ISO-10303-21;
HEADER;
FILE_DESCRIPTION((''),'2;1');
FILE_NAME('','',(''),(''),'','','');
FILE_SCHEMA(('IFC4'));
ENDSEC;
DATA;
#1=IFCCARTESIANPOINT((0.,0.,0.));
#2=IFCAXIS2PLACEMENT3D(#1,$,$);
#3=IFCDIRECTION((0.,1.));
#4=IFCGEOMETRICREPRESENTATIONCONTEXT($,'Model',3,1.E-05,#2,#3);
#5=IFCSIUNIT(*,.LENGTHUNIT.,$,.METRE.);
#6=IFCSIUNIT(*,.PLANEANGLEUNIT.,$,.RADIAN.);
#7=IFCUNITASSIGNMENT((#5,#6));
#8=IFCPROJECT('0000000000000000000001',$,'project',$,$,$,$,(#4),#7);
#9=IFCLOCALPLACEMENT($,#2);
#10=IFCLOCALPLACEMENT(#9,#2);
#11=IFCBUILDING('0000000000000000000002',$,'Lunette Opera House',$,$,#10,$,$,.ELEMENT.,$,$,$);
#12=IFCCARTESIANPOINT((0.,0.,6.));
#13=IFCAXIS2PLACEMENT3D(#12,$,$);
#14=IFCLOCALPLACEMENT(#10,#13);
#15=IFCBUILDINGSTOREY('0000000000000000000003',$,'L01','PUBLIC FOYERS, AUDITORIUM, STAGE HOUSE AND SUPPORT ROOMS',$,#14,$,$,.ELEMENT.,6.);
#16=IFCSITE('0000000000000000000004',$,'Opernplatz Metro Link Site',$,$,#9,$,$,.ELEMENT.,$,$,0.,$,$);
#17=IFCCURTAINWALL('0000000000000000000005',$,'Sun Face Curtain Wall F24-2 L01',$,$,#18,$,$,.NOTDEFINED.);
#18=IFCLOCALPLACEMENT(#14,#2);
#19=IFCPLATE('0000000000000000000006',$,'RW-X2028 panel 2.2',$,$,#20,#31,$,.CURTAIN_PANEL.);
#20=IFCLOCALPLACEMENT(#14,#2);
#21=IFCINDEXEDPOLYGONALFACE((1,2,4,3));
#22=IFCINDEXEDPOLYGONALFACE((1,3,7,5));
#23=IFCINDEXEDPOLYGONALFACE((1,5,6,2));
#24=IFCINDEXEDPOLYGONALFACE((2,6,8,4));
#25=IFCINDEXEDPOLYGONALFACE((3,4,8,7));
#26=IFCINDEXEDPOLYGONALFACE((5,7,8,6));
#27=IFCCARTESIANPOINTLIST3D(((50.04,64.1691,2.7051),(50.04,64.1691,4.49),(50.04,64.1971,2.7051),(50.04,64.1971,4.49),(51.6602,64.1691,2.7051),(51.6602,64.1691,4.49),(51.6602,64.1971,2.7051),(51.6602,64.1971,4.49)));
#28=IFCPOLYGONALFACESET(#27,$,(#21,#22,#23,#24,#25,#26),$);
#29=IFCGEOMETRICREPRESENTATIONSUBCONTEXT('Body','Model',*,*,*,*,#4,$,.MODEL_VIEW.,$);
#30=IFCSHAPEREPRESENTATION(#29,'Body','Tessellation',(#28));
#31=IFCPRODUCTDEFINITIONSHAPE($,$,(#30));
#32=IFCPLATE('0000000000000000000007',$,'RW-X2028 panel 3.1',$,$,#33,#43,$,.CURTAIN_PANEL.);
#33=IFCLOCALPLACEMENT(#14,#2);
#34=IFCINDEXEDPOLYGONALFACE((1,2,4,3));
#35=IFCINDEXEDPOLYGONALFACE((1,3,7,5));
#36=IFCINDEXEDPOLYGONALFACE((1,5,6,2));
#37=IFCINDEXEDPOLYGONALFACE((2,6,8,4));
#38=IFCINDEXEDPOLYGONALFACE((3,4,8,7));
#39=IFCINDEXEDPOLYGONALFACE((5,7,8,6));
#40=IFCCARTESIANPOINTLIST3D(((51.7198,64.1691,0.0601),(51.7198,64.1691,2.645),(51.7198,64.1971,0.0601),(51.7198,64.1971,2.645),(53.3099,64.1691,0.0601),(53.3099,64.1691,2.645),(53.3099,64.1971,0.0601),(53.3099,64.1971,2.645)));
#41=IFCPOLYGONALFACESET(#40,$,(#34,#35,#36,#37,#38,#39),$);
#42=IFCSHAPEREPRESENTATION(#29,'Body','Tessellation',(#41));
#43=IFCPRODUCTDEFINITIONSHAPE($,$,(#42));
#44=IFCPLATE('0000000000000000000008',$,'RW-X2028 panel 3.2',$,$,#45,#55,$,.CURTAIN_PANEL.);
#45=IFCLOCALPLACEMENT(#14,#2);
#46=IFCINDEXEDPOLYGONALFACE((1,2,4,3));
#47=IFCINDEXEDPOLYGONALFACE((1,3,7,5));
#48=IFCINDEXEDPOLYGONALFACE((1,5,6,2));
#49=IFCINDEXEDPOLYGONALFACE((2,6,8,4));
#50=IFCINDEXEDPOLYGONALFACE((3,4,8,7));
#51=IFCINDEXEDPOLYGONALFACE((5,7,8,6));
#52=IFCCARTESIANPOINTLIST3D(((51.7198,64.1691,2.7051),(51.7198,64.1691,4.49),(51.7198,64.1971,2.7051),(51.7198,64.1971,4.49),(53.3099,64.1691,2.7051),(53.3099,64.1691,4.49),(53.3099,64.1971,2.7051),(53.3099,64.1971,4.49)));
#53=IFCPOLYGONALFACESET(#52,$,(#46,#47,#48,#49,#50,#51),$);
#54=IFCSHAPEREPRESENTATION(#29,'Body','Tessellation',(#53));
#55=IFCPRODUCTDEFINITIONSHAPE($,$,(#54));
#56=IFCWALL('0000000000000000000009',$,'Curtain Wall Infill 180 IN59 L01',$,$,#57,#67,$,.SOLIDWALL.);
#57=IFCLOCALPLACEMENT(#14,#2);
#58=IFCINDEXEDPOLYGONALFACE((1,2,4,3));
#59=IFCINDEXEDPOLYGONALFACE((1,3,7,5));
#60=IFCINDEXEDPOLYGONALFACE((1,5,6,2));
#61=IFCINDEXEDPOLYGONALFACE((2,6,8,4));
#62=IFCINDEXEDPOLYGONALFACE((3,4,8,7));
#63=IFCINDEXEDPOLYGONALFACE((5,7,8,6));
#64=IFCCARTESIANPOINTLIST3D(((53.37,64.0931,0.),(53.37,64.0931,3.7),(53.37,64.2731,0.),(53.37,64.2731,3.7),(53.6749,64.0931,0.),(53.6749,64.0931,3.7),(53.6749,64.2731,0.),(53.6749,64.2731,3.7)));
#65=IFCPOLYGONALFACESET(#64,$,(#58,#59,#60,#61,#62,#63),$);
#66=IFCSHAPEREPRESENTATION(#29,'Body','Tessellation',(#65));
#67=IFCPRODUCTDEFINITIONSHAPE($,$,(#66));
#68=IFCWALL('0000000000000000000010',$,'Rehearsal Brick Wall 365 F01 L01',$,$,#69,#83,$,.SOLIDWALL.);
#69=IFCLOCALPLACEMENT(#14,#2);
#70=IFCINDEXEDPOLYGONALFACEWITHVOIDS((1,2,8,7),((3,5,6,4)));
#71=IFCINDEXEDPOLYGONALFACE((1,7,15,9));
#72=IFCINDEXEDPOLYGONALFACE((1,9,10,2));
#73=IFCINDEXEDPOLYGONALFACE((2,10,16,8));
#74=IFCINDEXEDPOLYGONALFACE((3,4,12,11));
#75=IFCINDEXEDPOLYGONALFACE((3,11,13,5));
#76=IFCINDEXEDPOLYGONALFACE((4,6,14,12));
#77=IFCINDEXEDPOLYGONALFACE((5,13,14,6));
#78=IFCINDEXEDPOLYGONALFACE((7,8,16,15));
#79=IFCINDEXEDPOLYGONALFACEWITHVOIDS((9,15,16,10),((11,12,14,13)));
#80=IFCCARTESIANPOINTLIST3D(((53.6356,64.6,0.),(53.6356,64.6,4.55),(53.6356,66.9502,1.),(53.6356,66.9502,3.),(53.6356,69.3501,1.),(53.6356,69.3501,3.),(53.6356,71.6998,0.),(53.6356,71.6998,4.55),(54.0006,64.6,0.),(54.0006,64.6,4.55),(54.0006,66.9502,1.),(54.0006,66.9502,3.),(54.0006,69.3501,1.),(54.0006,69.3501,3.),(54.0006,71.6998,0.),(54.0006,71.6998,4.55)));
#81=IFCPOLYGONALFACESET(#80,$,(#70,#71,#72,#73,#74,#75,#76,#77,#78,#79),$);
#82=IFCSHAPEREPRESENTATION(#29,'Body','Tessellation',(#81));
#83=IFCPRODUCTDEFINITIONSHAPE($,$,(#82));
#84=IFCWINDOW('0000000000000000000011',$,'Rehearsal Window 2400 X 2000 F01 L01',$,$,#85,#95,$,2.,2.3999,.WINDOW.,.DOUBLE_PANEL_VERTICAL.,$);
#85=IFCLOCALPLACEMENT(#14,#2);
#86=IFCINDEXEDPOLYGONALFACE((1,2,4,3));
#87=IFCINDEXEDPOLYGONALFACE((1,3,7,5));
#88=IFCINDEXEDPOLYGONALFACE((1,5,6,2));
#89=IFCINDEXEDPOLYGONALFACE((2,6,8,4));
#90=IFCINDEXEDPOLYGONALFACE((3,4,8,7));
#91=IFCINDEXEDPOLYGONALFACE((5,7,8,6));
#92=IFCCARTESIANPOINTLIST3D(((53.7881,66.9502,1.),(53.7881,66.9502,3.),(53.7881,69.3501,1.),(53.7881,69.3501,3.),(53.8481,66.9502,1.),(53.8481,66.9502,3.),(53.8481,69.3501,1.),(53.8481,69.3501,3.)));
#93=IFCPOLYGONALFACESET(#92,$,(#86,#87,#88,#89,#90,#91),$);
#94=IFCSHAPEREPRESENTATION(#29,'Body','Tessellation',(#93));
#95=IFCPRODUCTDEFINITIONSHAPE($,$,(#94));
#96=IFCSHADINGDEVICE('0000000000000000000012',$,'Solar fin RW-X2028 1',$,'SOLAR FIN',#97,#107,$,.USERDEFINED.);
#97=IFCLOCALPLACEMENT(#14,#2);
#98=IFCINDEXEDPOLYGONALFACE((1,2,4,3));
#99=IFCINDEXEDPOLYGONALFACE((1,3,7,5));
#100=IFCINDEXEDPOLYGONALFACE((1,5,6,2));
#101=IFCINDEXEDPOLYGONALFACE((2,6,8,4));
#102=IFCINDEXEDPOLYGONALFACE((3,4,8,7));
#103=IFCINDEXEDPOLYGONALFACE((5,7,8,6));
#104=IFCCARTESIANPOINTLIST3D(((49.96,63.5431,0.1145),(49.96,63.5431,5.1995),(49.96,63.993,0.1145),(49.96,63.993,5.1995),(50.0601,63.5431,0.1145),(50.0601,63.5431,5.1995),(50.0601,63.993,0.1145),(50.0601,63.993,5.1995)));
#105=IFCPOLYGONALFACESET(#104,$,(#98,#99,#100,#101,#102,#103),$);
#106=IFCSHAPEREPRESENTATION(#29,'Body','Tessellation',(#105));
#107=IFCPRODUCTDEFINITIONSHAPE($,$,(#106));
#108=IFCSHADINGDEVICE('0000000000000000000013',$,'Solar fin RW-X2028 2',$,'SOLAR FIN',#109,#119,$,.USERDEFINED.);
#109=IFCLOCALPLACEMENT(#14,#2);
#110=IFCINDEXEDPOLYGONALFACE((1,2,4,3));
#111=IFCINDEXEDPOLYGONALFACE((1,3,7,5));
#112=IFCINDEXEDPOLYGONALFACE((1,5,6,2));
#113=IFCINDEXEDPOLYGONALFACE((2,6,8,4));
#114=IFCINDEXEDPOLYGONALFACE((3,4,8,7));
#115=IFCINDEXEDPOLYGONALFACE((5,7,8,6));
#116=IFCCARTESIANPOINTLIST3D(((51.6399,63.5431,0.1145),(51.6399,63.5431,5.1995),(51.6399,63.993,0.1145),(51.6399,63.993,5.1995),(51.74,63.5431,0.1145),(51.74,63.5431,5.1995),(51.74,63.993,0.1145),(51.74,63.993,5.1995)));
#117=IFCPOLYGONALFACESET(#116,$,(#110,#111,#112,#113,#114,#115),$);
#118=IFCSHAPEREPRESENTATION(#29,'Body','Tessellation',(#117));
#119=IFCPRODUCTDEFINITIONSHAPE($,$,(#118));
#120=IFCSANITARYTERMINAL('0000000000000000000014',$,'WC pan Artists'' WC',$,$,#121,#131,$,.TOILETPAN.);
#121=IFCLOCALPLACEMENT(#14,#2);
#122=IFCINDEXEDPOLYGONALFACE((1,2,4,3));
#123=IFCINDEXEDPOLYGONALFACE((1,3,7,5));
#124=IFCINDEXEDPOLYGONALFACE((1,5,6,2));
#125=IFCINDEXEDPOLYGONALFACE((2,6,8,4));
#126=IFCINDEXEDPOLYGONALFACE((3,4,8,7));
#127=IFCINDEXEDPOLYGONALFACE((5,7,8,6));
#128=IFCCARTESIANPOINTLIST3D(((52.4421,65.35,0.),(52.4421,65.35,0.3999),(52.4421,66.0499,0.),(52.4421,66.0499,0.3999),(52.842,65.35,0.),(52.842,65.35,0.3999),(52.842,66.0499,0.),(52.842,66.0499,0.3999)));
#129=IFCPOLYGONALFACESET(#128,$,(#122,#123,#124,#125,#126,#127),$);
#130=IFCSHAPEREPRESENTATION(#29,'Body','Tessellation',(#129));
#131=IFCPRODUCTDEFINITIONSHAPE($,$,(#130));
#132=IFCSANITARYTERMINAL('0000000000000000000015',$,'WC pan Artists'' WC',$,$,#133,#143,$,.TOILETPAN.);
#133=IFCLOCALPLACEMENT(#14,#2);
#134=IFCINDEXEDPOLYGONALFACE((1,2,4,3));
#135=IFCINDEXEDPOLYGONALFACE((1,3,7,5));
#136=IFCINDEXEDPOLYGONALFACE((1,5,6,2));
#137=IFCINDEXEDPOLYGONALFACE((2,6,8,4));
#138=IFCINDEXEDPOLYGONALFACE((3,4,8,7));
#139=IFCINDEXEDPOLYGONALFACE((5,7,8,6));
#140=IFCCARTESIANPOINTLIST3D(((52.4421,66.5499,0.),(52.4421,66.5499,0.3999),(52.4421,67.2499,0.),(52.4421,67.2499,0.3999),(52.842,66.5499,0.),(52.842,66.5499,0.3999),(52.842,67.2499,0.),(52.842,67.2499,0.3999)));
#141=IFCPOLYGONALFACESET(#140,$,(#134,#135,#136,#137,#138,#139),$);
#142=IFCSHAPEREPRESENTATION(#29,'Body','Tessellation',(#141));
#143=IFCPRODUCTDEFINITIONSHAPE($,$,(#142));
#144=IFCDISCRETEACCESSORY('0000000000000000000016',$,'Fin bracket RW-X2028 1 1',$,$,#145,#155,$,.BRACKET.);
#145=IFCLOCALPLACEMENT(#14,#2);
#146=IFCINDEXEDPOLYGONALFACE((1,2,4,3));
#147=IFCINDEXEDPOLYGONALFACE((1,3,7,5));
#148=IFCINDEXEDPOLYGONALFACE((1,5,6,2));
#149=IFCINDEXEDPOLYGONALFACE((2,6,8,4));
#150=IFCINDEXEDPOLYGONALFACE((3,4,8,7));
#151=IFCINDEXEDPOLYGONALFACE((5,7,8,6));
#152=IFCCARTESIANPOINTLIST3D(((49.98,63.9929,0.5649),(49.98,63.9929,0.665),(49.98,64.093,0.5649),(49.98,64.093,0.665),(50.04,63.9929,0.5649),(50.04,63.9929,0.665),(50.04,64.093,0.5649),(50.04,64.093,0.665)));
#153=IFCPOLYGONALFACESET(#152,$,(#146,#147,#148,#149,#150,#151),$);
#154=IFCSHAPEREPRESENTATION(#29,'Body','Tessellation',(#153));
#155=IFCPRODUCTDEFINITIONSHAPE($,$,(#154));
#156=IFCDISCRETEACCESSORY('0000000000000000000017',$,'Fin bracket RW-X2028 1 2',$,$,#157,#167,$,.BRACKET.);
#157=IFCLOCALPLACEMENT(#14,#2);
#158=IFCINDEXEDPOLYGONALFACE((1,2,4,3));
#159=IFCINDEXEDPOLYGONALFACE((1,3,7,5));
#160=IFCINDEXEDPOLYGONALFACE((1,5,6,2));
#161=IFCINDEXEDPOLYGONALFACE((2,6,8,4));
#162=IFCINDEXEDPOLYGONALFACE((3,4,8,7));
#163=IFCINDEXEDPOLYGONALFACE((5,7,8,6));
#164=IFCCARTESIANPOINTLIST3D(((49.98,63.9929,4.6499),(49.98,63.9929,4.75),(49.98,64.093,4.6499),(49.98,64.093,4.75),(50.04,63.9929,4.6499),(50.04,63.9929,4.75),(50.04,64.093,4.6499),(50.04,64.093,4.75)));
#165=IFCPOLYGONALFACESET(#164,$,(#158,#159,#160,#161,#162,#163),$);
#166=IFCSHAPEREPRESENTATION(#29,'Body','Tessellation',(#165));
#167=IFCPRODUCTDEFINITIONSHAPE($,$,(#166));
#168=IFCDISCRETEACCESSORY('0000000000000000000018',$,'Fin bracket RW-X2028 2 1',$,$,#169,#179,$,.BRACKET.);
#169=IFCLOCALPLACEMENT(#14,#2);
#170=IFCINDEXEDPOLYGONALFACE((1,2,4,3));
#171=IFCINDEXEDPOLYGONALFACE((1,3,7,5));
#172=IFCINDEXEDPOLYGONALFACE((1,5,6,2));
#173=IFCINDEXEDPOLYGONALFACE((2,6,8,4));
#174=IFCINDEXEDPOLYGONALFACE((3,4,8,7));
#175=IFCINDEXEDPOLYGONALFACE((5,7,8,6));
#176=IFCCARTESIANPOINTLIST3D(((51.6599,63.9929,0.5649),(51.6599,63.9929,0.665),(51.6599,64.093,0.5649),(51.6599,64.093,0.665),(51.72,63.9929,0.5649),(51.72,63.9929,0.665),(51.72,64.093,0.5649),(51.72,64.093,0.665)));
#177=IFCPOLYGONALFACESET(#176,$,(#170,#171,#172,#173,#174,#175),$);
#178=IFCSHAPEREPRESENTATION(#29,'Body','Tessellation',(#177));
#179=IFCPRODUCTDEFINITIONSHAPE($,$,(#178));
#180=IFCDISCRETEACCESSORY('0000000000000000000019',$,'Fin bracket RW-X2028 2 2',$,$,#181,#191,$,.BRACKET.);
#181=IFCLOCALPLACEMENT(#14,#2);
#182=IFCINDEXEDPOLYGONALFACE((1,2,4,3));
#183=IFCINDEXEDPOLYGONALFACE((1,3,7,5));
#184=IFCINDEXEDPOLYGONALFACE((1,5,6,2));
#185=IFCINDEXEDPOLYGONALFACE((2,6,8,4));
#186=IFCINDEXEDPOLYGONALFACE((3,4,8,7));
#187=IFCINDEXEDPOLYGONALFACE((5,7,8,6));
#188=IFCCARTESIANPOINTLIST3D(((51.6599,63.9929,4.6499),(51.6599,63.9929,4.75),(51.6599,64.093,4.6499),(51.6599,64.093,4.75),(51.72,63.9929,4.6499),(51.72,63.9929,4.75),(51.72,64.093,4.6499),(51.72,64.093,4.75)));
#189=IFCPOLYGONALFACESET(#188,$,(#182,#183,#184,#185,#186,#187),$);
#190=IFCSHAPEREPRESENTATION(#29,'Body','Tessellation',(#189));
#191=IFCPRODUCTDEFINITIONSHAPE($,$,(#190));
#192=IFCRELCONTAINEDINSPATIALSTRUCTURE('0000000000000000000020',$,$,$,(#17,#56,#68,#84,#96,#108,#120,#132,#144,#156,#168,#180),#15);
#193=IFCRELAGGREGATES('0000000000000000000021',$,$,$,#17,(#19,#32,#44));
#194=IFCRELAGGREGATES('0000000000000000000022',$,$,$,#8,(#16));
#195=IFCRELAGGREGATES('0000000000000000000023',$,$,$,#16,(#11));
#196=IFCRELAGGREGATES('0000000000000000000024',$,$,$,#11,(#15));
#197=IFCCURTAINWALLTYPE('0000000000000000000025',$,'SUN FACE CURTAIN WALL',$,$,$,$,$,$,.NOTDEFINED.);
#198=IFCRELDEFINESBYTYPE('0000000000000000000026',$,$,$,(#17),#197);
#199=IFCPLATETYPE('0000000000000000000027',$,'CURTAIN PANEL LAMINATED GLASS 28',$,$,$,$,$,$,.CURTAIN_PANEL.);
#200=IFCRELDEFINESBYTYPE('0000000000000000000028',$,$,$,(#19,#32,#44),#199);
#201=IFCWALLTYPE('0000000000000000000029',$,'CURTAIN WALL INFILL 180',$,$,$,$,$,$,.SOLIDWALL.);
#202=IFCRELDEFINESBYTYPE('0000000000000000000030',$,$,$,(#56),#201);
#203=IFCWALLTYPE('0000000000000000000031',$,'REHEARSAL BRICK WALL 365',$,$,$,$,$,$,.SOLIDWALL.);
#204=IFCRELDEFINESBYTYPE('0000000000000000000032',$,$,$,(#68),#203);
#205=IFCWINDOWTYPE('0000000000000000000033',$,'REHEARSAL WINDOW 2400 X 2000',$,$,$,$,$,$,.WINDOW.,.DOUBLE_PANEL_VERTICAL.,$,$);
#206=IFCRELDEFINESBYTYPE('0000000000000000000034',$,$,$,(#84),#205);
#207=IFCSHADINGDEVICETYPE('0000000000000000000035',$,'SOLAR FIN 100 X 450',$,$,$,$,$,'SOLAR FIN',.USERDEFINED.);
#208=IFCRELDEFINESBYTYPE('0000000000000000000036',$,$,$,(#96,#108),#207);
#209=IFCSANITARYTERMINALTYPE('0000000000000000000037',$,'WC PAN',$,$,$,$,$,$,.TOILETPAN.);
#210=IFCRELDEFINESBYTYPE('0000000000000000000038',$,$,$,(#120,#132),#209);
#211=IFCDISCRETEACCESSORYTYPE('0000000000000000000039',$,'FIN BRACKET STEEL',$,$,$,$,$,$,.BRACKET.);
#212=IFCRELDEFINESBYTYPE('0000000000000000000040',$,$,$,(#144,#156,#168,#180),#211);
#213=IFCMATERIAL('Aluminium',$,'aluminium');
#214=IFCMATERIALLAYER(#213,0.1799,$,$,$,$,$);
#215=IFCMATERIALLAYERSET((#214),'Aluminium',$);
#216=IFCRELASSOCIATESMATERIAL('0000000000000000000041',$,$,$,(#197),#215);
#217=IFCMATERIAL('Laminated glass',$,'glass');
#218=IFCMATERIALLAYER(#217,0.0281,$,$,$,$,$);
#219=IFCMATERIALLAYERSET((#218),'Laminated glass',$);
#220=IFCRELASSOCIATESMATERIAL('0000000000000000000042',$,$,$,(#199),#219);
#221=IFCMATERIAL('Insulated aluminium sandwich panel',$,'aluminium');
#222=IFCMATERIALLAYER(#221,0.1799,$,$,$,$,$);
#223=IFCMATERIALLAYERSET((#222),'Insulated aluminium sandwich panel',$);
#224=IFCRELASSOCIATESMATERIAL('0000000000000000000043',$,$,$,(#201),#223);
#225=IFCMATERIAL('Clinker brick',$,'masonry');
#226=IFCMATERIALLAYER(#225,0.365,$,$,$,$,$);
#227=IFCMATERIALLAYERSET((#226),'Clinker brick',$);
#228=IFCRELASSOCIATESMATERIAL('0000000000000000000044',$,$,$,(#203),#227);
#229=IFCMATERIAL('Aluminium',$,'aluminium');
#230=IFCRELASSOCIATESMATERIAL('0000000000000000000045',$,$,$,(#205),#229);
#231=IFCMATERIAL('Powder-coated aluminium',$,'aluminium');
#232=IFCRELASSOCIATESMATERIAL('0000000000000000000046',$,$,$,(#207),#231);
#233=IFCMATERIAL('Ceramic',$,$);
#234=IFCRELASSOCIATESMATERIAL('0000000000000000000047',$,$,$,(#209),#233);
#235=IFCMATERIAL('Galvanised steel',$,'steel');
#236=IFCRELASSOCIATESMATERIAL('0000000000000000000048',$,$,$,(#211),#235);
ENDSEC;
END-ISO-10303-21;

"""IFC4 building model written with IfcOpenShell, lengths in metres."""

from ifc_helpers import new_model, si_unit, direction, frame, frame_2d, origin, origin_2d, place, context, subcontext, project, spatial, rectangle, extrude, material, layer, layer_set, type_object, element, fill, aggregate, save


model = new_model("IFC4")

# Units and contexts
model_context = context("Model", 3, precision=1e-05, world=origin(), true_north=direction((0.0, 1.0)))
body_context = subcontext(model_context, "Body", "Model", "MODEL_VIEW")
ifc_project = project(units=[si_unit("LENGTHUNIT", "METRE"), si_unit("PLANEANGLEUNIT", "RADIAN")], contexts=[model_context])

# Site, building, storey
site_placement = place(None, origin())
site = spatial("IfcSite", under=ifc_project, at=site_placement, Name="Opernplatz Metro Link Site", CompositionType="ELEMENT", RefElevation=0.0)
building_placement = place(site_placement, origin())
building = spatial("IfcBuilding", under=site, at=building_placement, Name="Lunette Opera House", CompositionType="ELEMENT")
storey_placement = place(building_placement, frame((0.0, 0.0, 6.0)))
storey = spatial("IfcBuildingStorey", under=building, at=storey_placement, Name="L01", Description="PUBLIC FOYERS, AUDITORIUM, STAGE HOUSE AND SUPPORT ROOMS", CompositionType="ELEMENT", Elevation=6.0)

# Curtain wall
ifc_material_1 = material(Name="Aluminium", Category="aluminium")
ifc_layer_1 = layer(ifc_material_1, 0.1799)
ifc_layer_set_1 = layer_set([ifc_layer_1], Name="Aluminium")
curtain_wall_type = type_object("IfcCurtainWallType", Name="SUN FACE CURTAIN WALL", PredefinedType="NOTDEFINED", material=ifc_layer_set_1)
curtain_wall_placement = place(storey_placement, origin())
curtain_wall = element("IfcCurtainWall", 1, at=curtain_wall_placement, inside=storey, type_object=curtain_wall_type, Name="Sun Face Curtain Wall F24-2 L01", PredefinedType="NOTDEFINED")

# Plates
ifc_material_2 = material(Name="Laminated glass", Category="glass")
ifc_layer_2 = layer(ifc_material_2, 0.0281)
ifc_layer_set_2 = layer_set([ifc_layer_2], Name="Laminated glass")
plate_type = type_object("IfcPlateType", Name="CURTAIN PANEL LAMINATED GLASS 28", PredefinedType="CURTAIN_PANEL", material=ifc_layer_set_2)
plate_1_placement = place(storey_placement, frame((50.8501, 64.1831, 2.7051), z_axis=(0.0, 0.0, 1.0), x_axis=(1.0, 0.0, 0.0)))
plate_1 = element("IfcPlate", 2, at=plate_1_placement, type_object=plate_type, Name="RW-X2028 panel 2.2", PredefinedType="CURTAIN_PANEL", context=body_context, shape_type="SweptSolid", body=[
    extrude(rectangle(XDim=1.6201, YDim=0.0281, at=origin_2d()), origin(), (0.0, 0.0, 1.0), 1.7849),
])
plate_2_placement = place(storey_placement, frame((52.5149, 64.1831, 0.0601), z_axis=(0.0, 0.0, 1.0), x_axis=(1.0, 0.0, 0.0)))
plate_2 = element("IfcPlate", 3, at=plate_2_placement, type_object=plate_type, Name="RW-X2028 panel 3.1", PredefinedType="CURTAIN_PANEL", context=body_context, shape_type="SweptSolid", body=[
    extrude(rectangle(XDim=1.5901, YDim=0.0281, at=origin_2d()), origin(), (0.0, 0.0, 1.0), 2.585),
])
plate_3_placement = place(storey_placement, frame((52.5149, 64.1831, 2.7051), z_axis=(0.0, 0.0, 1.0), x_axis=(1.0, 0.0, 0.0)))
plate_3 = element("IfcPlate", 4, at=plate_3_placement, type_object=plate_type, Name="RW-X2028 panel 3.2", PredefinedType="CURTAIN_PANEL", context=body_context, shape_type="SweptSolid", body=[
    extrude(rectangle(XDim=1.5901, YDim=0.0281, at=origin_2d()), origin(), (0.0, 0.0, 1.0), 1.7849),
])
aggregate(curtain_wall, [plate_1, plate_2, plate_3])

# Wall
ifc_material_3 = material(Name="Insulated aluminium sandwich panel", Category="aluminium")
ifc_layer_3 = layer(ifc_material_3, 0.1799)
ifc_layer_set_3 = layer_set([ifc_layer_3], Name="Insulated aluminium sandwich panel")
wall_type_1 = type_object("IfcWallType", Name="CURTAIN WALL INFILL 180", PredefinedType="SOLIDWALL", material=ifc_layer_set_3)
wall_1_placement = place(storey_placement, frame((53.3701, 64.1831, 0.0), z_axis=(0.0, 0.0, 1.0), x_axis=(1.0, 0.0, 0.0)))
element("IfcWall", 5, at=wall_1_placement, inside=storey, type_object=wall_type_1, Name="Curtain Wall Infill 180 IN59 L01", PredefinedType="SOLIDWALL", context=body_context, shape_type="SweptSolid", body=[
    extrude(rectangle(XDim=0.3049, YDim=0.1799, at=frame_2d((0.1523, 0.0))), origin(), (0.0, 0.0, 1.0), 3.7),
])

# Wall, opening, window
ifc_material_4 = material(Name="Clinker brick", Category="masonry")
ifc_layer_4 = layer(ifc_material_4, 0.365)
ifc_layer_set_4 = layer_set([ifc_layer_4], Name="Clinker brick")
wall_type_2 = type_object("IfcWallType", Name="REHEARSAL BRICK WALL 365", PredefinedType="SOLIDWALL", material=ifc_layer_set_4)
wall_2_placement = place(storey_placement, frame((53.8181, 64.6001, 0.0), z_axis=(0.0, 0.0, 1.0), x_axis=(0.0, 1.0, 0.0)))
wall_2 = element("IfcWall", 6, at=wall_2_placement, inside=storey, type_object=wall_type_2, Name="Rehearsal Brick Wall 365 F01 L01", PredefinedType="SOLIDWALL", context=body_context, shape_type="SweptSolid", body=[
    extrude(rectangle(XDim=7.0999, YDim=0.365, at=frame_2d((3.5498, 0.0))), origin(), (0.0, 0.0, 1.0), 4.55),
])
opening_placement = place(wall_2_placement, frame((2.3501, 0.0, 1.0)))
opening = element("IfcOpeningElement", 7, at=opening_placement, cuts=wall_2, PredefinedType="OPENING", context=body_context, shape_type="SweptSolid", body=[
    extrude(rectangle(XDim=2.3999, YDim=2.0, at=frame_2d((1.2, 1.0))), frame((0.0, 0.1946, 0.0), z_axis=(0.0, -1.0, 0.0), x_axis=(1.0, 0.0, 0.0)), (0.0, 0.0, 1.0), 0.3889),
])
ifc_material_5 = material(Name="Aluminium", Category="aluminium")
window_type = type_object("IfcWindowType", Name="REHEARSAL WINDOW 2400 X 2000", PartitioningType="DOUBLE_PANEL_VERTICAL", PredefinedType="WINDOW", material=ifc_material_5)
window_placement = place(opening_placement, origin())
window = element("IfcWindow", 8, at=window_placement, inside=storey, type_object=window_type, Name="Rehearsal Window 2400 X 2000 F01 L01", OverallHeight=2.0, OverallWidth=2.3999, PartitioningType="DOUBLE_PANEL_VERTICAL", PredefinedType="WINDOW", context=body_context, shape_type="SweptSolid", body=[
    extrude(rectangle(XDim=2.3999, YDim=2.0, at=frame_2d((1.2, 1.0))), frame((0.0, 0.03, 0.0), z_axis=(0.0, -1.0, 0.0), x_axis=(1.0, 0.0, 0.0)), (0.0, 0.0, 1.0), 0.0601),
])
fill(opening, window)

# Shading devices
ifc_material_6 = material(Name="Powder-coated aluminium", Category="aluminium")
shading_device_type = type_object("IfcShadingDeviceType", Name="SOLAR FIN 100 X 450", ElementType="SOLAR FIN", PredefinedType="USERDEFINED", material=ifc_material_6)
for number, where, z_axis, x_axis, name in (
    (9, (50.01, 63.7681, 0.1145), (0.0, 0.0, 1.0), (0.0, -1.0, 0.0), "Solar fin RW-X2028 1"),
    (10, (51.6899, 63.7681, 0.1145), (0.0, 0.0, 1.0), (0.0, -1.0, 0.0), "Solar fin RW-X2028 2"),
):
    element("IfcShadingDevice", number, at=place(storey_placement, frame(where, z_axis=z_axis, x_axis=x_axis)), inside=storey, type_object=shading_device_type, Name=name, ObjectType="SOLAR FIN", PredefinedType="USERDEFINED", context=body_context, shape_type="SweptSolid", body=[
        extrude(rectangle(XDim=0.45, YDim=0.1001, at=origin_2d()), origin(), (0.0, 0.0, 1.0), 5.085),
    ])

# Sanitary terminals
ifc_material_7 = material(Name="Ceramic")
sanitary_terminal_type = type_object("IfcSanitaryTerminalType", Name="WC PAN", PredefinedType="TOILETPAN", material=ifc_material_7)
for number, where, z_axis, x_axis, name in (
    (11, (52.6421, 65.7, 0.0), (0.0, 0.0, 1.0), (1.0, 0.0, 0.0), "WC pan Artists' WC"),
    (12, (52.6421, 66.8999, 0.0), (0.0, 0.0, 1.0), (1.0, 0.0, 0.0), "WC pan Artists' WC"),
):
    element("IfcSanitaryTerminal", number, at=place(storey_placement, frame(where, z_axis=z_axis, x_axis=x_axis)), inside=storey, type_object=sanitary_terminal_type, Name=name, PredefinedType="TOILETPAN", context=body_context, shape_type="SweptSolid", body=[
        extrude(rectangle(XDim=0.3999, YDim=0.7, at=origin_2d()), origin(), (0.0, 0.0, 1.0), 0.3999),
    ])

# Discrete accessories
ifc_material_8 = material(Name="Galvanised steel", Category="steel")
discrete_accessory_type = type_object("IfcDiscreteAccessoryType", Name="FIN BRACKET STEEL", PredefinedType="BRACKET", material=ifc_material_8)
for number, where, z_axis, x_axis, name in (
    (13, (50.01, 64.043, 0.5649), (0.0, 0.0, 1.0), (0.0, -1.0, 0.0), "Fin bracket RW-X2028 1 1"),
    (14, (50.01, 64.043, 4.6499), (0.0, 0.0, 1.0), (0.0, -1.0, 0.0), "Fin bracket RW-X2028 1 2"),
    (15, (51.6899, 64.043, 0.5649), (0.0, 0.0, 1.0), (0.0, -1.0, 0.0), "Fin bracket RW-X2028 2 1"),
    (16, (51.6899, 64.043, 4.6499), (0.0, 0.0, 1.0), (0.0, -1.0, 0.0), "Fin bracket RW-X2028 2 2"),
):
    element("IfcDiscreteAccessory", number, at=place(storey_placement, frame(where, z_axis=z_axis, x_axis=x_axis)), inside=storey, type_object=discrete_accessory_type, Name=name, PredefinedType="BRACKET", context=body_context, shape_type="SweptSolid", body=[
        extrude(rectangle(XDim=0.1001, YDim=0.0601, at=origin_2d()), origin(), (0.0, 0.0, 1.0), 0.1001),
    ])

save(model, "model.ifc")
